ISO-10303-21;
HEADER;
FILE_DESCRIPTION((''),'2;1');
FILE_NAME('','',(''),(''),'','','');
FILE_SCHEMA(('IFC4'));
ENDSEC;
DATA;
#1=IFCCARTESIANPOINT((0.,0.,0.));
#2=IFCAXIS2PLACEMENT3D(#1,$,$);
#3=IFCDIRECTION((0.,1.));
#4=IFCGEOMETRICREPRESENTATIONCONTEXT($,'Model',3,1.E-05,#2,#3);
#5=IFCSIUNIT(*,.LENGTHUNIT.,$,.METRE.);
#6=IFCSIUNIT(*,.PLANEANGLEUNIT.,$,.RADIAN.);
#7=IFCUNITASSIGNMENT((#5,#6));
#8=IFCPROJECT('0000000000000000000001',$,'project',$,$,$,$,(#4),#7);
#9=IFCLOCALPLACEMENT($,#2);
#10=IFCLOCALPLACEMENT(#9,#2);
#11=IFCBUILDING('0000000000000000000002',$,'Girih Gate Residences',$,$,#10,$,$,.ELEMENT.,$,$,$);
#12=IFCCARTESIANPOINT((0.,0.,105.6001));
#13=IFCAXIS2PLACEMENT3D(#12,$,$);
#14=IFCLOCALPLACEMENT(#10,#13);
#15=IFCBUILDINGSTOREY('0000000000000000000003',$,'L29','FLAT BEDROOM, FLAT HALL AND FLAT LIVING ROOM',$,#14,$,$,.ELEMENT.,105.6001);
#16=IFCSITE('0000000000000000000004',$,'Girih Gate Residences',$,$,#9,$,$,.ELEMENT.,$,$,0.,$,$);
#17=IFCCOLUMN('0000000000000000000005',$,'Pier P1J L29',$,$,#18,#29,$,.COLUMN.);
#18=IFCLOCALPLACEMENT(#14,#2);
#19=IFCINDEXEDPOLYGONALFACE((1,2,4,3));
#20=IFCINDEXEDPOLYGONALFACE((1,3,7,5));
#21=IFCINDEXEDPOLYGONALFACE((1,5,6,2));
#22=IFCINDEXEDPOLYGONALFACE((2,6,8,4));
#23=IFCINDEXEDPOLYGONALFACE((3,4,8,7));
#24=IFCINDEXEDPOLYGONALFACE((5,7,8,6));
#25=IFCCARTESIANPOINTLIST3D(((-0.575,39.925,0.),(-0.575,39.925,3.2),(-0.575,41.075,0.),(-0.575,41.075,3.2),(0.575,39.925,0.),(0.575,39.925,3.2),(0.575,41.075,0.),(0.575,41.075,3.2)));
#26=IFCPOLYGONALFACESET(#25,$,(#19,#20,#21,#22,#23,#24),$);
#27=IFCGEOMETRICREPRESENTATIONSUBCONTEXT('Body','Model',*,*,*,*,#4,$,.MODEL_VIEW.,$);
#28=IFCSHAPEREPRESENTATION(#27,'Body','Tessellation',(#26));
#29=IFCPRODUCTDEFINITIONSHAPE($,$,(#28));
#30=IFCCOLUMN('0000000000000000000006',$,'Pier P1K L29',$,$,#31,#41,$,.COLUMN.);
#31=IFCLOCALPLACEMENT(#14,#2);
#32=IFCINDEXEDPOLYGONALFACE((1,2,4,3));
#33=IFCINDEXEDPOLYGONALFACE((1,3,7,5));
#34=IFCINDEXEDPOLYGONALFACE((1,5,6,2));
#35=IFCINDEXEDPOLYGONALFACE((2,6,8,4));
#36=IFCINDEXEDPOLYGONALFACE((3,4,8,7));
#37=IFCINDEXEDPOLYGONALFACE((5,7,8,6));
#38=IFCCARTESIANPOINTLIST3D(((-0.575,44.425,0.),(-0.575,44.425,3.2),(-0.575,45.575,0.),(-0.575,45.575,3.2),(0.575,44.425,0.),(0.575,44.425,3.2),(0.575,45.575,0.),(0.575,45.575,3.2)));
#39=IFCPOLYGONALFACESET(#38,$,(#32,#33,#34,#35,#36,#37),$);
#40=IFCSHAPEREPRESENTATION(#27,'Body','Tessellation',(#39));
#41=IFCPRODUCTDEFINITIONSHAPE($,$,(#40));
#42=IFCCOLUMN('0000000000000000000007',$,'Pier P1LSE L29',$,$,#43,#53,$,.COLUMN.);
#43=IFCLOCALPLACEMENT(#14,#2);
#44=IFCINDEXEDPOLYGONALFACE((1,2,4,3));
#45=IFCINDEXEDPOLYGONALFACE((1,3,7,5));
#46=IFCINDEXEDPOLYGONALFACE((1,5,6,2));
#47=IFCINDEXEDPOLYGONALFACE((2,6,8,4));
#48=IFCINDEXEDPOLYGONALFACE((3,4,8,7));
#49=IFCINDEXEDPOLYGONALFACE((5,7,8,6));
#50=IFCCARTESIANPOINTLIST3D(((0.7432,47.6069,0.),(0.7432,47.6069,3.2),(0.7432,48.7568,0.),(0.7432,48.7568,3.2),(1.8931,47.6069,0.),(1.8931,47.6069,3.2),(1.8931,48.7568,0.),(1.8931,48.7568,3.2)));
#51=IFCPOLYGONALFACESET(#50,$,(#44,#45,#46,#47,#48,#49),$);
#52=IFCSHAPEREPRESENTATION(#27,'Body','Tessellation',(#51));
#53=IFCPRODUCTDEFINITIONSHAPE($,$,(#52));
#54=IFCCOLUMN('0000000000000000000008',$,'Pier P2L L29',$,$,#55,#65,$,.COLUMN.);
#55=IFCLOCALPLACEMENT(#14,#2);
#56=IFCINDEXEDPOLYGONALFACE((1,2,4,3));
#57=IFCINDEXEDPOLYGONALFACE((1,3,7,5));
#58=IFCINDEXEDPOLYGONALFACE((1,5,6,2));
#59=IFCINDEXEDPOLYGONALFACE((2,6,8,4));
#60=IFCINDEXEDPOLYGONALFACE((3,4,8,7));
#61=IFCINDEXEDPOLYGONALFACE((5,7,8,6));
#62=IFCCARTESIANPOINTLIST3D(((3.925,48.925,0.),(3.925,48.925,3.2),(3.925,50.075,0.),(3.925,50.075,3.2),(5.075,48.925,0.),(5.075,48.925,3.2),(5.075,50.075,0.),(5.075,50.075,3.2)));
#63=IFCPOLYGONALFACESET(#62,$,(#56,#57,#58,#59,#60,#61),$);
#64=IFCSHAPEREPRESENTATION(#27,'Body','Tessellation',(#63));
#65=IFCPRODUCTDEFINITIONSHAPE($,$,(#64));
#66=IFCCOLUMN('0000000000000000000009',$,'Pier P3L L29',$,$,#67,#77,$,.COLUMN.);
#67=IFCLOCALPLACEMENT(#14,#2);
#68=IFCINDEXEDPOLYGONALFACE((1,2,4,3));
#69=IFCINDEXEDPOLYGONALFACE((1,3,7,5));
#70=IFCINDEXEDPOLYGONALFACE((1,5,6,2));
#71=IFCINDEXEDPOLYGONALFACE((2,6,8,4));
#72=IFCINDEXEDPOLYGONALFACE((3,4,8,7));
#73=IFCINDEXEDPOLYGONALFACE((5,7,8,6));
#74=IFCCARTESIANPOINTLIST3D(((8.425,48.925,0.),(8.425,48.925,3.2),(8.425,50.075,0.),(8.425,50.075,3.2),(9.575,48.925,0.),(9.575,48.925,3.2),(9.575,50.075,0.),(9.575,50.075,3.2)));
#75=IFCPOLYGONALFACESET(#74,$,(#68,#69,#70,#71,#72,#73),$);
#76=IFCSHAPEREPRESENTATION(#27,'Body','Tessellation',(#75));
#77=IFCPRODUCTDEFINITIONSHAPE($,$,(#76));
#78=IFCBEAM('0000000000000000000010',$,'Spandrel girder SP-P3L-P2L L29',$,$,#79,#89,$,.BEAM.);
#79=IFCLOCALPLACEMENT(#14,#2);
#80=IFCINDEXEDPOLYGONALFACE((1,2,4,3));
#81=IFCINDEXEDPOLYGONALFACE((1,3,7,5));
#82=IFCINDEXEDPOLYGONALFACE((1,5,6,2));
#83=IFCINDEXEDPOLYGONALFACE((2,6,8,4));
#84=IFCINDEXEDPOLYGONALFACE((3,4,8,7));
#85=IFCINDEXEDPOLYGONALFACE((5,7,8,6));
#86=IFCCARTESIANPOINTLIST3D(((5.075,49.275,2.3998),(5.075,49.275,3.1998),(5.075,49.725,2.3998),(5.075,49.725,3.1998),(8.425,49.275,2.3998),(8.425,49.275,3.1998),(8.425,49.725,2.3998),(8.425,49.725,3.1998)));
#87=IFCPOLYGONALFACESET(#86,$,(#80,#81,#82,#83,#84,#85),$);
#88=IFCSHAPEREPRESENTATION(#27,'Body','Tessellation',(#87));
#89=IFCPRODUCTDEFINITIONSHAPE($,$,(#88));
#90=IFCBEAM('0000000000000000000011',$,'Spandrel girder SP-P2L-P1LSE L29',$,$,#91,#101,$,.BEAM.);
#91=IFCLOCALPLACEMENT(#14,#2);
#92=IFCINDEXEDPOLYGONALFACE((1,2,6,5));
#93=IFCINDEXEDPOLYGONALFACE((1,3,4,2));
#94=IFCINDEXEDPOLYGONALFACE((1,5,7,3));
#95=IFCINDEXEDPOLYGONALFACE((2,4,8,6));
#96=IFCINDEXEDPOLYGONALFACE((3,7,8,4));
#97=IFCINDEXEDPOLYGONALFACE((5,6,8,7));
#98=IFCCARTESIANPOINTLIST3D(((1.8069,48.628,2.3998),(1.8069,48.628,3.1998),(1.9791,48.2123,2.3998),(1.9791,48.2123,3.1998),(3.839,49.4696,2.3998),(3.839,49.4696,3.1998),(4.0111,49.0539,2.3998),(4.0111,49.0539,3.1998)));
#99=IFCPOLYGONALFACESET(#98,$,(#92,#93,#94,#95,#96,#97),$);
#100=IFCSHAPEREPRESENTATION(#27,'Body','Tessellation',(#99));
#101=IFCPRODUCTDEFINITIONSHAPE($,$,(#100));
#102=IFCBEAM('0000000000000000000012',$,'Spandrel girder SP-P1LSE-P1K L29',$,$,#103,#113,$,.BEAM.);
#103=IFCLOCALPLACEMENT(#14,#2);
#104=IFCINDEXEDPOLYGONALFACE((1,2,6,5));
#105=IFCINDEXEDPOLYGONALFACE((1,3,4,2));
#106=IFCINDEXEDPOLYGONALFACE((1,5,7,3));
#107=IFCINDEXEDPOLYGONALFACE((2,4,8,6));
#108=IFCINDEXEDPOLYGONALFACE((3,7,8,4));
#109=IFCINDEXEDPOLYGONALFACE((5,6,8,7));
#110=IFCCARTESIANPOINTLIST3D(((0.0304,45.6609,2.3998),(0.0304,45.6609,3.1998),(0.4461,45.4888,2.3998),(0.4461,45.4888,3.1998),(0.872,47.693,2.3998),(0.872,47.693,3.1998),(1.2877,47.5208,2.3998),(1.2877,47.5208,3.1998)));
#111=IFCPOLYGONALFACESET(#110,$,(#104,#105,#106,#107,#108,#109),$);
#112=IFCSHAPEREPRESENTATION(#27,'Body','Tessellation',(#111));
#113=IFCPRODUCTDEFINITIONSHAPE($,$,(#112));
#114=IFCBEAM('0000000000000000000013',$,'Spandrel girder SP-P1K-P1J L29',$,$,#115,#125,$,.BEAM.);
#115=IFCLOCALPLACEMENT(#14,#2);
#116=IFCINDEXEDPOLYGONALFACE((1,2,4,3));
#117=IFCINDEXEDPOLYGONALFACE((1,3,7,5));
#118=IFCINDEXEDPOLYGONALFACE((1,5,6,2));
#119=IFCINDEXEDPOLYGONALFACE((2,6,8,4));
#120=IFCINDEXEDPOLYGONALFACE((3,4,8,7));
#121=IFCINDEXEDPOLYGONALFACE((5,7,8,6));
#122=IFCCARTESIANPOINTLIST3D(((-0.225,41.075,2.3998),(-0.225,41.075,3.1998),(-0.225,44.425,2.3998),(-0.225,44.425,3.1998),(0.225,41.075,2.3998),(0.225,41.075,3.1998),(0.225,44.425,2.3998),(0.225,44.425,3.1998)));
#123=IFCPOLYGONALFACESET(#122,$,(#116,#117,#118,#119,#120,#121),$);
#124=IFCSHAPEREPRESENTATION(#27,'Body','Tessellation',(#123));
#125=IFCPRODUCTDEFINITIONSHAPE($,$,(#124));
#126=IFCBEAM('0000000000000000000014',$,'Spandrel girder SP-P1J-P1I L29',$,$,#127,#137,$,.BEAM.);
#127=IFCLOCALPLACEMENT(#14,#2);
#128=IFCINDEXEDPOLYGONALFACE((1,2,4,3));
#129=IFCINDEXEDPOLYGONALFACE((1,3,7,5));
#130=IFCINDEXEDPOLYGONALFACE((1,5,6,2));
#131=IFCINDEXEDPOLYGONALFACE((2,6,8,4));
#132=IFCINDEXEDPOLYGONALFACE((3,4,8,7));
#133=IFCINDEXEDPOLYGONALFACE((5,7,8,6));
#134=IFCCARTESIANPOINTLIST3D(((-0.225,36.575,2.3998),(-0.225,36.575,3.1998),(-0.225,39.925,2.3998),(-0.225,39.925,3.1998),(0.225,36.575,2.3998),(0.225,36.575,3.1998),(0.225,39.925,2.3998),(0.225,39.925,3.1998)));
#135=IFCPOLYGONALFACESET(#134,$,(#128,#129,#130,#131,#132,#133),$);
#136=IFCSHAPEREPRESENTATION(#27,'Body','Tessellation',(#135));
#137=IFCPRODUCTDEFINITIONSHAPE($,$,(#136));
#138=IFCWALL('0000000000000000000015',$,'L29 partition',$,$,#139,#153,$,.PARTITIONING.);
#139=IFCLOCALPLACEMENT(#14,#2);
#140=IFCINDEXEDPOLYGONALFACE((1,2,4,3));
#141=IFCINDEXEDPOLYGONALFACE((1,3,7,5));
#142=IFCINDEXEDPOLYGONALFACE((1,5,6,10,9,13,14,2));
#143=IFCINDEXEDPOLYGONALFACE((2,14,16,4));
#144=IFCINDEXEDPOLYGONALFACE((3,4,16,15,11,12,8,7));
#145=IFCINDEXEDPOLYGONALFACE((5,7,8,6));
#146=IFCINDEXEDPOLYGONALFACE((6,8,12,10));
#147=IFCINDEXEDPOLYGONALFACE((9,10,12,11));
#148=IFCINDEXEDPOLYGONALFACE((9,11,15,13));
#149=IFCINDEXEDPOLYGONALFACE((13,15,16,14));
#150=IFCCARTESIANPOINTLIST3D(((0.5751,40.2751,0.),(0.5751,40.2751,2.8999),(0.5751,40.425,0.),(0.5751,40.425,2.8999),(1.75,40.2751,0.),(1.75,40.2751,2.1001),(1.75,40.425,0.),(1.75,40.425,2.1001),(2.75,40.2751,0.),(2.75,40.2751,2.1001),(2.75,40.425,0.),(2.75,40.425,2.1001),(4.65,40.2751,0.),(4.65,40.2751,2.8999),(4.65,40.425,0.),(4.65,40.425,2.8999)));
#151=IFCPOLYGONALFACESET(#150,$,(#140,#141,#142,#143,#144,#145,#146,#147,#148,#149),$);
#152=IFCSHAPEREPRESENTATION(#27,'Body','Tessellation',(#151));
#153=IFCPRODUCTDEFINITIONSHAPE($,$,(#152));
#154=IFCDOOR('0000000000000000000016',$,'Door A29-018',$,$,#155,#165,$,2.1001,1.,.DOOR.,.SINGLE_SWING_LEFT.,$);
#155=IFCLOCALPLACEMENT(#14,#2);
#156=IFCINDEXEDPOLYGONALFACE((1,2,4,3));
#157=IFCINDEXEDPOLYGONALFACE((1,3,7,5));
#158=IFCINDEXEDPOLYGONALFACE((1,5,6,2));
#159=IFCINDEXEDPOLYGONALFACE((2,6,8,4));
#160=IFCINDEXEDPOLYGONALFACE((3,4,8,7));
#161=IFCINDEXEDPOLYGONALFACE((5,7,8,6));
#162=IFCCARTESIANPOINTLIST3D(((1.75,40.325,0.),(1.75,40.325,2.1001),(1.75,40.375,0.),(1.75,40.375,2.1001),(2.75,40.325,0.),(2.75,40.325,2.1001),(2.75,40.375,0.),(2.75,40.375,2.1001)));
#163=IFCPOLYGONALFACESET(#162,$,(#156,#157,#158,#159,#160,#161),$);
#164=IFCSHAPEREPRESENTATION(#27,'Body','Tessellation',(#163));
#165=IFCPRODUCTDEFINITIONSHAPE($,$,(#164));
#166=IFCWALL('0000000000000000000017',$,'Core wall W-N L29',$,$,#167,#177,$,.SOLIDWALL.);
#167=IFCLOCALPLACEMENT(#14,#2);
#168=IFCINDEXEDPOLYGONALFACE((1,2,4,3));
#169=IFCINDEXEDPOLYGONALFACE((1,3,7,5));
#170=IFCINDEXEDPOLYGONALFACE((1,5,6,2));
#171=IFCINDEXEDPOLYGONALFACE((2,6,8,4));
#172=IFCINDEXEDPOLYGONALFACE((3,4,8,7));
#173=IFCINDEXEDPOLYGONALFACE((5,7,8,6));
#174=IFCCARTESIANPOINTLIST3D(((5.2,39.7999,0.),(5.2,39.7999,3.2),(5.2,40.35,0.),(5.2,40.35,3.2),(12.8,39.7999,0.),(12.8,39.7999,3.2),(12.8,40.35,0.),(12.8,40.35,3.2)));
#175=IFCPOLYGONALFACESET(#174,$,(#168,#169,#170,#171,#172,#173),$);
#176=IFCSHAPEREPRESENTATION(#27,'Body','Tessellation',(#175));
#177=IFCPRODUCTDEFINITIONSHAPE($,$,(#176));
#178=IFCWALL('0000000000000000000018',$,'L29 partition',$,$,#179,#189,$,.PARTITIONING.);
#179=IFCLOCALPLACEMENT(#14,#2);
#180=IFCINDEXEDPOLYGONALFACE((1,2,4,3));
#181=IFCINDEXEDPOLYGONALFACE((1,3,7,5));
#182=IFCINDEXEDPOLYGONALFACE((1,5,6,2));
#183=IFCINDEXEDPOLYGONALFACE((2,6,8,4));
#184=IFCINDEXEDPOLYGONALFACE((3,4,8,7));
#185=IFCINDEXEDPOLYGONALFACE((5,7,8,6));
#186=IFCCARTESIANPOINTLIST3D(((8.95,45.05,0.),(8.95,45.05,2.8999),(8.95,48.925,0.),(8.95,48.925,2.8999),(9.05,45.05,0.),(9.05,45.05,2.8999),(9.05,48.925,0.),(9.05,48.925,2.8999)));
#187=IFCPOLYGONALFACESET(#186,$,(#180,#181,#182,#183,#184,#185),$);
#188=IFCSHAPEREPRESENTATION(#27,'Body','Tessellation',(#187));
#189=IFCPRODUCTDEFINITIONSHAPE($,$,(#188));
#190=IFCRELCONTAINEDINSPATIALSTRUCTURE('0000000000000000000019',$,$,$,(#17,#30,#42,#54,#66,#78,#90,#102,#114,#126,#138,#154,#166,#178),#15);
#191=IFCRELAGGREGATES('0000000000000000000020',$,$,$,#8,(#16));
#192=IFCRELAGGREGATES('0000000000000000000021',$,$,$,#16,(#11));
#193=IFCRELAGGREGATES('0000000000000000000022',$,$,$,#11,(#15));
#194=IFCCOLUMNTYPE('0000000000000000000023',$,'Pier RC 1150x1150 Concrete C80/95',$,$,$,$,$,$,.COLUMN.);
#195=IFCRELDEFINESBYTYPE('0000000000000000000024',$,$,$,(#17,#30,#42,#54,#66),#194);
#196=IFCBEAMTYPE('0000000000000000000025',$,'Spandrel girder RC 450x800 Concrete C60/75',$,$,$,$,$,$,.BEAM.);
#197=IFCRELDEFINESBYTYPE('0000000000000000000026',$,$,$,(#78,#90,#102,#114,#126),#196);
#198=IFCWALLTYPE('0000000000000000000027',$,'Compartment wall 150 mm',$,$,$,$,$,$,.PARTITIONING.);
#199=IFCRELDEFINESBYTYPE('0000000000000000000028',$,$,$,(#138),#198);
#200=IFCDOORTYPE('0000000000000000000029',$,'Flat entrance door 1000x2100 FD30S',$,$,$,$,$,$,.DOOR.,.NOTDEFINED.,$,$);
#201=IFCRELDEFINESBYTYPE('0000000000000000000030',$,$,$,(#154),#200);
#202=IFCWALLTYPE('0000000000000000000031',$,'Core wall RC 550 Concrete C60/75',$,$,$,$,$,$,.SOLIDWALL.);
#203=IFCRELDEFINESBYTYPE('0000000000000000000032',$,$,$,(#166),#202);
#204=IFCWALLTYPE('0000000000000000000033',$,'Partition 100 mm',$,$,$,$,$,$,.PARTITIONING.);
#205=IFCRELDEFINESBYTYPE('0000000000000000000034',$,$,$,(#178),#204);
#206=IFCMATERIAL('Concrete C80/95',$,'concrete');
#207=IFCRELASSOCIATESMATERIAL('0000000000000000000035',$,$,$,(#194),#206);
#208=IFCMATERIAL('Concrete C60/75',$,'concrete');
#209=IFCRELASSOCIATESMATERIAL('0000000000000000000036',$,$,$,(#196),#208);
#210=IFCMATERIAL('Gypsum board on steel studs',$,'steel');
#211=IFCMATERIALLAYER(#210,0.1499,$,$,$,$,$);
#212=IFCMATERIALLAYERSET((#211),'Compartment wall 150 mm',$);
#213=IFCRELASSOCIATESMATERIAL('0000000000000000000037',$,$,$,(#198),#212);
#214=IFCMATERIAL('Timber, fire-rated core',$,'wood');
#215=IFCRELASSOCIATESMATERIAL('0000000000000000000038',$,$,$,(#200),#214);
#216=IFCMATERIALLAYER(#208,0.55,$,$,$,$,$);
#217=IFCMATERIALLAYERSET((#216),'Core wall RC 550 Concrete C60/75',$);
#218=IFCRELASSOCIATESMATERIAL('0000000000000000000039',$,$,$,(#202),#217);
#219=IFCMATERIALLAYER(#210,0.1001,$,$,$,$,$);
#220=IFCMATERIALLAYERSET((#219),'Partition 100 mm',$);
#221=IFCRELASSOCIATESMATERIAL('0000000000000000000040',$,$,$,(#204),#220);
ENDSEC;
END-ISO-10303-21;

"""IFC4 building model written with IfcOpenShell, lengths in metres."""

from ifc_helpers import new_model, si_unit, direction, frame, frame_2d, origin, origin_2d, place, context, subcontext, project, spatial, rectangle, extrude, material, layer, layer_set, material_profile, profile_set, type_object, element, fill, save


model = new_model("IFC4")

# Units and contexts
model_context = context("Model", 3, precision=1e-05, world=origin(), true_north=direction((0.0, 1.0)))
body_context = subcontext(model_context, "Body", "Model", "MODEL_VIEW")
ifc_project = project(units=[si_unit("LENGTHUNIT", "METRE"), si_unit("PLANEANGLEUNIT", "RADIAN")], contexts=[model_context])

# Site, building, storey
site_placement = place(None, origin())
site = spatial("IfcSite", under=ifc_project, at=site_placement, Name="Girih Gate Residences", CompositionType="ELEMENT", RefElevation=0.0)
building_placement = place(site_placement, origin())
building = spatial("IfcBuilding", under=site, at=building_placement, Name="Girih Gate Residences", CompositionType="ELEMENT")
storey_placement = place(building_placement, frame((0.0, 0.0, 105.6001)))
storey = spatial("IfcBuildingStorey", under=building, at=storey_placement, Name="L29", Description="FLAT BEDROOM, FLAT HALL AND FLAT LIVING ROOM", CompositionType="ELEMENT", Elevation=105.6001)

# Columns
ifc_material_1 = material(Name="Concrete C80/95", Category="concrete")
ifc_material_profile_1 = material_profile(ifc_material_1, rectangle(XDim=1.1499, YDim=1.1499, at=origin_2d()))
ifc_profile_set_1 = profile_set([ifc_material_profile_1], Name="Concrete C80/95")
column_type = type_object("IfcColumnType", Name="Pier RC 1150x1150 Concrete C80/95", PredefinedType="COLUMN", material=ifc_profile_set_1)
for number, where, z_axis, x_axis, name in (
    (1, (0.0, 40.5, 0.0), (0.0, 0.0, 1.0), (1.0, 0.0, 0.0), "Pier P1J L29"),
    (2, (0.0, 45.0, 0.0), (0.0, 0.0, 1.0), (1.0, 0.0, 0.0), "Pier P1K L29"),
    (3, (1.3181, 48.1819, 0.0), (0.0, 0.0, 1.0), (1.0, 0.0, 0.0), "Pier P1LSE L29"),
    (4, (4.5, 49.5, 0.0), (0.0, 0.0, 1.0), (1.0, 0.0, 0.0), "Pier P2L L29"),
    (5, (9.0, 49.5, 0.0), (0.0, 0.0, 1.0), (1.0, 0.0, 0.0), "Pier P3L L29"),
):
    element("IfcColumn", number, at=place(storey_placement, frame(where, z_axis=z_axis, x_axis=x_axis)), inside=storey, type_object=column_type, Name=name, PredefinedType="COLUMN", context=body_context, shape_type="SweptSolid", body=[
        extrude(rectangle(XDim=1.1499, YDim=1.1499, at=origin_2d()), origin(), (0.0, 0.0, 1.0), 3.2),
    ])

# Beams
ifc_material_2 = material(Name="Concrete C60/75", Category="concrete")
ifc_material_profile_2 = material_profile(ifc_material_2, rectangle(XDim=0.45, YDim=0.8, at=origin_2d()))
ifc_profile_set_2 = profile_set([ifc_material_profile_2], Name="Concrete C60/75")
beam_type = type_object("IfcBeamType", Name="Spandrel girder RC 450x800 Concrete C60/75", PredefinedType="BEAM", material=ifc_profile_set_2)
beam_placement = place(storey_placement, frame((8.425, 49.5, 2.7998), z_axis=(-1.0, 0.0, 0.0), x_axis=(0.0, -1.0, 0.0)))
element("IfcBeam", 6, at=beam_placement, inside=storey, type_object=beam_type, Name="Spandrel girder SP-P3L-P2L L29", PredefinedType="BEAM", context=body_context, shape_type="SweptSolid", body=[
    extrude(rectangle(XDim=0.45, YDim=0.8, at=origin_2d()), origin(), (0.0, 0.0, 1.0), 3.3501),
])
for number, where, z_axis, x_axis, name in (
    (7, (3.925, 49.2617, 2.7998), (-0.923899, -0.382636, 0.0), (0.382636, -0.923899, 0.0), "Spandrel girder SP-P2L-P1LSE L29"),
    (8, (1.0798, 47.6069, 2.7998), (-0.382636, -0.923899, 0.0), (0.923899, -0.382636, 0.0), "Spandrel girder SP-P1LSE-P1K L29"),
):
    element("IfcBeam", number, at=place(storey_placement, frame(where, z_axis=z_axis, x_axis=x_axis)), inside=storey, type_object=beam_type, Name=name, PredefinedType="BEAM", context=body_context, shape_type="SweptSolid", body=[
        extrude(rectangle(XDim=0.45, YDim=0.8, at=origin_2d()), origin(), (0.0, 0.0, 1.0), 2.1995),
    ])
for number, where, z_axis, x_axis, name in (
    (9, (0.0, 44.425, 2.7998), (0.0, -1.0, 0.0), (1.0, 0.0, 0.0), "Spandrel girder SP-P1K-P1J L29"),
    (10, (0.0, 39.925, 2.7998), (0.0, -1.0, 0.0), (1.0, 0.0, 0.0), "Spandrel girder SP-P1J-P1I L29"),
):
    element("IfcBeam", number, at=place(storey_placement, frame(where, z_axis=z_axis, x_axis=x_axis)), inside=storey, type_object=beam_type, Name=name, PredefinedType="BEAM", context=body_context, shape_type="SweptSolid", body=[
        extrude(rectangle(XDim=0.45, YDim=0.8, at=origin_2d()), origin(), (0.0, 0.0, 1.0), 3.3501),
    ])

# Wall, opening, door
ifc_material_3 = material(Name="Gypsum board on steel studs", Category="steel")
ifc_layer_1 = layer(ifc_material_3, 0.1499)
ifc_layer_set_1 = layer_set([ifc_layer_1], Name="Compartment wall 150 mm")
wall_type_1 = type_object("IfcWallType", Name="Compartment wall 150 mm", PredefinedType="PARTITIONING", material=ifc_layer_set_1)
wall_1_placement = place(storey_placement, frame((0.575, 40.3501, 0.0), z_axis=(0.0, 0.0, 1.0), x_axis=(1.0, 0.0, 0.0)))
wall_1 = element("IfcWall", 11, at=wall_1_placement, inside=storey, type_object=wall_type_1, Name="L29 partition", PredefinedType="PARTITIONING", context=body_context, shape_type="SweptSolid", body=[
    extrude(rectangle(XDim=4.075, YDim=0.1499, at=frame_2d((2.0376, 0.0))), origin(), (0.0, 0.0, 1.0), 2.8999),
])
opening_1_placement = place(wall_1_placement, frame((1.175, 0.0, 0.0)))
opening_1 = element("IfcOpeningElement", 12, at=opening_1_placement, cuts=wall_1, PredefinedType="OPENING", context=body_context, shape_type="SweptSolid", body=[
    extrude(rectangle(XDim=1.0, YDim=2.1001, at=frame_2d((0.5, 1.05))), frame((0.0, 0.085, 0.0), z_axis=(0.0, -1.0, 0.0), x_axis=(1.0, 0.0, 0.0)), (0.0, 0.0, 1.0), 0.1699),
])
ifc_material_4 = material(Name="Timber, fire-rated core", Category="wood")
door_type_1 = type_object("IfcDoorType", Name="Flat entrance door 1000x2100 FD30S", OperationType="NOTDEFINED", PredefinedType="DOOR", material=ifc_material_4)
door_1_placement = place(opening_1_placement, origin())
door_1 = element("IfcDoor", 13, at=door_1_placement, inside=storey, type_object=door_type_1, Name="Door A29-018", OperationType="SINGLE_SWING_LEFT", OverallHeight=2.1001, OverallWidth=1.0, PredefinedType="DOOR", context=body_context, shape_type="SweptSolid", body=[
    extrude(rectangle(XDim=1.0, YDim=2.1001, at=frame_2d((0.5, 1.05))), frame((0.0, 0.0249, 0.0), z_axis=(0.0, -1.0, 0.0), x_axis=(1.0, 0.0, 0.0)), (0.0, 0.0, 1.0), 0.05),
])
fill(opening_1, door_1)

# Walls
ifc_layer_2 = layer(ifc_material_2, 0.55)
ifc_layer_set_2 = layer_set([ifc_layer_2], Name="Core wall RC 550 Concrete C60/75")
wall_type_2 = type_object("IfcWallType", Name="Core wall RC 550 Concrete C60/75", PredefinedType="SOLIDWALL", material=ifc_layer_set_2)
wall_2_placement = place(storey_placement, frame((5.2, 40.075, 0.0), z_axis=(0.0, 0.0, 1.0), x_axis=(1.0, 0.0, 0.0)))
element("IfcWall", 14, at=wall_2_placement, inside=storey, type_object=wall_type_2, Name="Core wall W-N L29", PredefinedType="SOLIDWALL", context=body_context, shape_type="SweptSolid", body=[
    extrude(rectangle(XDim=7.6001, YDim=0.55, at=frame_2d((3.8, 0.0))), origin(), (0.0, 0.0, 1.0), 3.2),
])
ifc_layer_3 = layer(ifc_material_3, 0.1001)
ifc_layer_set_3 = layer_set([ifc_layer_3], Name="Partition 100 mm")
wall_type_3 = type_object("IfcWallType", Name="Partition 100 mm", PredefinedType="PARTITIONING", material=ifc_layer_set_3)
wall_3_placement = place(storey_placement, frame((9.0, 45.05, 0.0), z_axis=(0.0, 0.0, 1.0), x_axis=(0.0, 1.0, 0.0)))
element("IfcWall", 15, at=wall_3_placement, inside=storey, type_object=wall_type_3, Name="L29 partition", PredefinedType="PARTITIONING", context=body_context, shape_type="SweptSolid", body=[
    extrude(rectangle(XDim=3.875, YDim=0.1001, at=frame_2d((1.9375, 0.0))), origin(), (0.0, 0.0, 1.0), 2.8999),
])

save(model, "model.ifc")
